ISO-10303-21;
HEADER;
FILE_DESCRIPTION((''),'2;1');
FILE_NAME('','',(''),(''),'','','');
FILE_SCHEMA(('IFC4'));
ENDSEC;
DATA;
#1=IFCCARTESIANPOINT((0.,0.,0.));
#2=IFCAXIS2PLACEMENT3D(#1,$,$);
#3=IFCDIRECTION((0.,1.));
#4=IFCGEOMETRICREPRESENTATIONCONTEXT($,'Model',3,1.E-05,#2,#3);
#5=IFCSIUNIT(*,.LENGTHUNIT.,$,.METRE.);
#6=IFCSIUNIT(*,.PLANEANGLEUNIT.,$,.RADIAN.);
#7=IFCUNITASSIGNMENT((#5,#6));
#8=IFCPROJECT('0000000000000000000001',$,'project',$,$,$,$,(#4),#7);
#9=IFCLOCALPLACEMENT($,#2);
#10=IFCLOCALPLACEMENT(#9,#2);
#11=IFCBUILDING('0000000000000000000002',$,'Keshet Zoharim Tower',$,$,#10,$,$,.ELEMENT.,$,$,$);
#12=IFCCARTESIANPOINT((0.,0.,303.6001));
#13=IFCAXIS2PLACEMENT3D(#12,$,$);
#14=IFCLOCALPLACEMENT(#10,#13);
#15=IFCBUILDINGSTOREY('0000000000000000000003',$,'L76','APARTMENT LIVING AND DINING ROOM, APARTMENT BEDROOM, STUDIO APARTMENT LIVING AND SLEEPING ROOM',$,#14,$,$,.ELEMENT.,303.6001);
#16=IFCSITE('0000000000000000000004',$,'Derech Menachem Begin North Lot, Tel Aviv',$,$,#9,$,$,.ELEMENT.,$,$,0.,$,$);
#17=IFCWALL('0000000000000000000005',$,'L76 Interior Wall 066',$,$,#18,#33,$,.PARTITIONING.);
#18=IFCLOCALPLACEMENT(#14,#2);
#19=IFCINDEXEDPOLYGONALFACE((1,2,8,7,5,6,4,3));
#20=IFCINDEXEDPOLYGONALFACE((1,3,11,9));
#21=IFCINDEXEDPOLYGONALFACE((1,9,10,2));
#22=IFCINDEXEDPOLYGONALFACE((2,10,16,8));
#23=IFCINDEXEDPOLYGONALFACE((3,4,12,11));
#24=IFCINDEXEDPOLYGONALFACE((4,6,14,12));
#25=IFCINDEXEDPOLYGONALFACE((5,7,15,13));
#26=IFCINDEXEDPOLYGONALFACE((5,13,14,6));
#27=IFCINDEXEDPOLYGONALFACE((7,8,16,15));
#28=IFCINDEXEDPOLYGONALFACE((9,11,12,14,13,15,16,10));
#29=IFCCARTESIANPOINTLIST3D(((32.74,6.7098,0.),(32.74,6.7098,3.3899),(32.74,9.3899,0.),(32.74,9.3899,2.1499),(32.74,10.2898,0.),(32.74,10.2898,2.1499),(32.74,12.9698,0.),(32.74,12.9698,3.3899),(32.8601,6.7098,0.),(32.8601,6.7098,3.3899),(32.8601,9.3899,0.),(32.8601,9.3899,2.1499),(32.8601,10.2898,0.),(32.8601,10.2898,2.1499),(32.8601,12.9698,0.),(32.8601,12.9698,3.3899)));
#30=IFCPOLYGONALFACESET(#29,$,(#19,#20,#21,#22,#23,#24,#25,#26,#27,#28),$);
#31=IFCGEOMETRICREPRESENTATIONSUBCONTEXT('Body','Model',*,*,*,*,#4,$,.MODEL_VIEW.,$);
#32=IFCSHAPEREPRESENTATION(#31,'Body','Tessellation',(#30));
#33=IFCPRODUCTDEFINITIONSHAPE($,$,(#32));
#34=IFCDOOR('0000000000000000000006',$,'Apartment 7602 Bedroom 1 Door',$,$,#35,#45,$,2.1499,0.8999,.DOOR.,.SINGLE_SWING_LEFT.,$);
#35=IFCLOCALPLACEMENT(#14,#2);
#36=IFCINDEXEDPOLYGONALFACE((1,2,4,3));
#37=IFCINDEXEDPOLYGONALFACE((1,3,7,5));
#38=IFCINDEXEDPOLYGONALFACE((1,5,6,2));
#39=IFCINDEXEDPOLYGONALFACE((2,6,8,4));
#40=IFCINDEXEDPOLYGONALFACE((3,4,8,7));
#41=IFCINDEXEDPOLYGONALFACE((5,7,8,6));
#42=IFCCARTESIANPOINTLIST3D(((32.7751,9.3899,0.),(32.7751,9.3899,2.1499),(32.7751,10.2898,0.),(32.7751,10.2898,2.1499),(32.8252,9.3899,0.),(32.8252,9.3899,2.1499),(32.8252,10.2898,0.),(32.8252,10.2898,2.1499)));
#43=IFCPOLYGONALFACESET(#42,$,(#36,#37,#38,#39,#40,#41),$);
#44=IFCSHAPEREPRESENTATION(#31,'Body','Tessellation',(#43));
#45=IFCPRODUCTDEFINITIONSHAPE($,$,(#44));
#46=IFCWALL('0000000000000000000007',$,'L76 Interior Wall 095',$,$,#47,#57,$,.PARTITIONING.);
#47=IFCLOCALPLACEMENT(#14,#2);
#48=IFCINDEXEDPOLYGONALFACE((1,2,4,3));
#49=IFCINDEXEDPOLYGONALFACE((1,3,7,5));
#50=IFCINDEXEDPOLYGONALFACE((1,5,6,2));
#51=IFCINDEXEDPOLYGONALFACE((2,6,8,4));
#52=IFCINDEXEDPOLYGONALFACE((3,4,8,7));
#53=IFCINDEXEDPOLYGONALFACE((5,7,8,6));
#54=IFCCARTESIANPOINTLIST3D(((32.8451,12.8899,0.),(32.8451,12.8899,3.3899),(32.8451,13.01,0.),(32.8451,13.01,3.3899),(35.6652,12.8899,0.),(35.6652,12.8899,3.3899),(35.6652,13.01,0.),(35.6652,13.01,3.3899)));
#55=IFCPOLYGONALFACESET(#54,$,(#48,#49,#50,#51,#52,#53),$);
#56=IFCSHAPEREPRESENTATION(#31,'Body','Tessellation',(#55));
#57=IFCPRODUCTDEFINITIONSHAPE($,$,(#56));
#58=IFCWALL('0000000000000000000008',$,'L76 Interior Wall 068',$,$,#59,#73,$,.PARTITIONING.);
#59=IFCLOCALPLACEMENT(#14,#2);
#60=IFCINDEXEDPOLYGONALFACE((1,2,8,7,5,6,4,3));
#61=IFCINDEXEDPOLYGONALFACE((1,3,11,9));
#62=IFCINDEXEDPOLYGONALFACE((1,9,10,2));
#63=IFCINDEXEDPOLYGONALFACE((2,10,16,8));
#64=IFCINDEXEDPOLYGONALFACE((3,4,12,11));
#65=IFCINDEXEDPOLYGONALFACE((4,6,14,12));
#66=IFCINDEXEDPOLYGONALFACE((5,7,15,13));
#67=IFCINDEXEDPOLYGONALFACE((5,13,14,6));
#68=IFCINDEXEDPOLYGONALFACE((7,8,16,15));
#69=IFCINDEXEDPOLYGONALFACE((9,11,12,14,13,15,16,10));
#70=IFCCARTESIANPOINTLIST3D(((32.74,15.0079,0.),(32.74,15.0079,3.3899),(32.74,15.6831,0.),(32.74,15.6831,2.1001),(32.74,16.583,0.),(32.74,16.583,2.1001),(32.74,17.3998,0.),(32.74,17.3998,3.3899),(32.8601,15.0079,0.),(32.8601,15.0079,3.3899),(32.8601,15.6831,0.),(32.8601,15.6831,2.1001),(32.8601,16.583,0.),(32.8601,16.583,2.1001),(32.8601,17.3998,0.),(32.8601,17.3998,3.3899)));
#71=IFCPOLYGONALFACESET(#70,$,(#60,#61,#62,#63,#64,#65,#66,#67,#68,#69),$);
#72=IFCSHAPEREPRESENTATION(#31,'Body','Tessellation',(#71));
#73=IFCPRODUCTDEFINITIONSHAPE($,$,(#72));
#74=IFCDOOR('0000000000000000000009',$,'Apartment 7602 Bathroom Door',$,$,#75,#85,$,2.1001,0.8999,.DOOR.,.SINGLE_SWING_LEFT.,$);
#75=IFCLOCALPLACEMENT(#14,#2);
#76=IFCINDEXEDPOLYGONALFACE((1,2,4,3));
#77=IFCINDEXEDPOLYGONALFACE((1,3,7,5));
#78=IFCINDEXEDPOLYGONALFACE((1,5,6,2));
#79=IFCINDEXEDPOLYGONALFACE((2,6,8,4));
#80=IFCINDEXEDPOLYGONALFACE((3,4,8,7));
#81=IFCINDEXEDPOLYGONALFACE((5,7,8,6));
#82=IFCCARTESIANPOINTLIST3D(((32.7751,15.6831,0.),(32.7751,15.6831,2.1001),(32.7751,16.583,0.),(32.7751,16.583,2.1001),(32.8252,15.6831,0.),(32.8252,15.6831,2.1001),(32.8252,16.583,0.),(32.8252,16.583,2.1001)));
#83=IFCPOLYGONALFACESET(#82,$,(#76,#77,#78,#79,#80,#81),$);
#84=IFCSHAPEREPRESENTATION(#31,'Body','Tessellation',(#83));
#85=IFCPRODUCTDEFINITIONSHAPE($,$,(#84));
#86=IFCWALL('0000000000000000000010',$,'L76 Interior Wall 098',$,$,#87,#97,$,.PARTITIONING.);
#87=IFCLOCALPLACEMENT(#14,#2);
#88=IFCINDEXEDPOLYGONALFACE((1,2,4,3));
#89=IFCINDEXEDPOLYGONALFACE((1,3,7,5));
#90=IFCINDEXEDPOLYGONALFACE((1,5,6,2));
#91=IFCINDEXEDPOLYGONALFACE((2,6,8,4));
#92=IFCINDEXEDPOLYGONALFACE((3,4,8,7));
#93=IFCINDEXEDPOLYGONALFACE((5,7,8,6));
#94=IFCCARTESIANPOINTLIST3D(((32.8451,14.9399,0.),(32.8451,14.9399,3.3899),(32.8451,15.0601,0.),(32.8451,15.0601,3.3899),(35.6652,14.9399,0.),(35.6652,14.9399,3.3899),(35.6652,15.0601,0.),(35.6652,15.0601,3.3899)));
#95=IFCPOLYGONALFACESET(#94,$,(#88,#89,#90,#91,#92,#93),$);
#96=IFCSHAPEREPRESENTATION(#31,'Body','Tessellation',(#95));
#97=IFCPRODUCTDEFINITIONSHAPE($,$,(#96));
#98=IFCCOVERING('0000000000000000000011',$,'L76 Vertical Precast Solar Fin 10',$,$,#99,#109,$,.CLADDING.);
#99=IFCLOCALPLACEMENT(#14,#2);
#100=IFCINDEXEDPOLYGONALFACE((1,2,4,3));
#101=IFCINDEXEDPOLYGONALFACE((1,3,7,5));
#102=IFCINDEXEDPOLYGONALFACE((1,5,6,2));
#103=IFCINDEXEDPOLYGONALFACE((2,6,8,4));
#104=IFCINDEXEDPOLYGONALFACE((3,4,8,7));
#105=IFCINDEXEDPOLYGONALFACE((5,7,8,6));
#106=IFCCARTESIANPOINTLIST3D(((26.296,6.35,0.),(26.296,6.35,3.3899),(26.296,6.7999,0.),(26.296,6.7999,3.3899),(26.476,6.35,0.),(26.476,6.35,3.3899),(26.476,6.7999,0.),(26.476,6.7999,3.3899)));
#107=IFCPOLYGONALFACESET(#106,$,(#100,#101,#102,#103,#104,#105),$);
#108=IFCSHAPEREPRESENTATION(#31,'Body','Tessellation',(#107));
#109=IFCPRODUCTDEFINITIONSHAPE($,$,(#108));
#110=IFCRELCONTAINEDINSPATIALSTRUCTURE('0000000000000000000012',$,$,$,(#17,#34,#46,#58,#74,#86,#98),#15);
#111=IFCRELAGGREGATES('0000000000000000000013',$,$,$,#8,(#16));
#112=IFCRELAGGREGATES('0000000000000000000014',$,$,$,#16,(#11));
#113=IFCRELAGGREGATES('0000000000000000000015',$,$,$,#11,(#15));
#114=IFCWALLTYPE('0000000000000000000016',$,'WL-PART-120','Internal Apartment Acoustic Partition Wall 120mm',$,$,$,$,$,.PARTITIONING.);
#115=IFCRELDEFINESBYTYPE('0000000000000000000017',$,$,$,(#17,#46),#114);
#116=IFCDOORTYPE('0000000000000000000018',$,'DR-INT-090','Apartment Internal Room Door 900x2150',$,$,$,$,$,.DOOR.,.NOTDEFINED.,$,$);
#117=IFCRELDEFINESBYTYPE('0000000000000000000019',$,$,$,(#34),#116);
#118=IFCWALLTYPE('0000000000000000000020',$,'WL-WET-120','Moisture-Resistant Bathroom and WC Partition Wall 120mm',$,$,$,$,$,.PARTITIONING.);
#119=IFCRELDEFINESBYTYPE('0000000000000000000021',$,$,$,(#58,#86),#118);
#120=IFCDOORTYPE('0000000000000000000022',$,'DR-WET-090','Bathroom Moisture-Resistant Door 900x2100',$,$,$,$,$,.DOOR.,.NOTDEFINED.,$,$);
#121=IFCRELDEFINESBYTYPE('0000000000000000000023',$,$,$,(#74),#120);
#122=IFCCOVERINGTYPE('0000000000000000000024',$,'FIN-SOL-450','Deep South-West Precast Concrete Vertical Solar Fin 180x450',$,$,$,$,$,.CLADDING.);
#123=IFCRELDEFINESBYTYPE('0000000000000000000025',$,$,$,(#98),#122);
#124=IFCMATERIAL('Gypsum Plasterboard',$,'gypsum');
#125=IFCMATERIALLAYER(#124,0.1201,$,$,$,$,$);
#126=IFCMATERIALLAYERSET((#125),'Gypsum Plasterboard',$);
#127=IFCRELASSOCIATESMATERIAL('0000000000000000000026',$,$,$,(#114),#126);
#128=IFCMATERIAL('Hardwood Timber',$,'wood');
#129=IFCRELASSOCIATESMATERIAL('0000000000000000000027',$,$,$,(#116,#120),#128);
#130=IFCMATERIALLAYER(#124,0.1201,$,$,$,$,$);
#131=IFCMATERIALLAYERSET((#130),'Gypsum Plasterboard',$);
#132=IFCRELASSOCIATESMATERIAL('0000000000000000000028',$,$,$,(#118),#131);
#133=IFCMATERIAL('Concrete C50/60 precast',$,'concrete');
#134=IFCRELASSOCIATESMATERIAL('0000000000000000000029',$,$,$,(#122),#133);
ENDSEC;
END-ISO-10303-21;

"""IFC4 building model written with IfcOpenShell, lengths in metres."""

from ifc_helpers import new_model, si_unit, direction, frame, frame_2d, origin, origin_2d, place, context, subcontext, project, spatial, rectangle, extrude, material, layer, layer_set, type_object, element, fill, save


model = new_model("IFC4")

# Units and contexts
model_context = context("Model", 3, precision=1e-05, world=origin(), true_north=direction((0.0, 1.0)))
body_context = subcontext(model_context, "Body", "Model", "MODEL_VIEW")
ifc_project = project(units=[si_unit("LENGTHUNIT", "METRE"), si_unit("PLANEANGLEUNIT", "RADIAN")], contexts=[model_context])

# Site, building, storey
site_placement = place(None, origin())
site = spatial("IfcSite", under=ifc_project, at=site_placement, Name="Derech Menachem Begin North Lot, Tel Aviv", CompositionType="ELEMENT", RefElevation=0.0)
building_placement = place(site_placement, origin())
building = spatial("IfcBuilding", under=site, at=building_placement, Name="Keshet Zoharim Tower", CompositionType="ELEMENT")
storey_placement = place(building_placement, frame((0.0, 0.0, 303.6001)))
storey = spatial("IfcBuildingStorey", under=building, at=storey_placement, Name="L76", Description="APARTMENT LIVING AND DINING ROOM, APARTMENT BEDROOM, STUDIO APARTMENT LIVING AND SLEEPING ROOM", CompositionType="ELEMENT", Elevation=303.6001)

# Shared definitions
ifc_material_1 = material(Name="Gypsum Plasterboard", Category="gypsum")
ifc_layer_1 = layer(ifc_material_1, 0.1201)
ifc_layer_set_1 = layer_set([ifc_layer_1], Name="Gypsum Plasterboard")
wall_type_1 = type_object("IfcWallType", Name="WL-PART-120", Description="Internal Apartment Acoustic Partition Wall 120mm", PredefinedType="PARTITIONING", material=ifc_layer_set_1)

# Wall, opening, door
wall_1_placement = place(storey_placement, frame((32.8, 6.71, 0.0), z_axis=(0.0, 0.0, 1.0), x_axis=(0.0, 1.0, 0.0)))
wall_1 = element("IfcWall", 1, at=wall_1_placement, inside=storey, type_object=wall_type_1, Name="L76 Interior Wall 066", PredefinedType="PARTITIONING", context=body_context, shape_type="SweptSolid", body=[
    extrude(rectangle(XDim=6.26, YDim=0.1201, at=frame_2d((3.1299, 0.0))), origin(), (0.0, 0.0, 1.0), 3.3899),
])
opening_1_placement = place(wall_1_placement, frame((2.6799, 0.0, 0.0)))
opening_1 = element("IfcOpeningElement", 2, at=opening_1_placement, cuts=wall_1, PredefinedType="OPENING", context=body_context, shape_type="SweptSolid", body=[
    extrude(rectangle(XDim=0.8999, YDim=2.1499, at=frame_2d((0.45, 1.075))), frame((0.0, 0.0701, 0.0), z_axis=(0.0, -1.0, 0.0), x_axis=(1.0, 0.0, 0.0)), (0.0, 0.0, 1.0), 0.1401),
])
ifc_material_2 = material(Name="Hardwood Timber", Category="wood")
door_type_1 = type_object("IfcDoorType", Name="DR-INT-090", Description="Apartment Internal Room Door 900x2150", OperationType="NOTDEFINED", PredefinedType="DOOR", material=ifc_material_2)
door_1_placement = place(opening_1_placement, origin())
door_1 = element("IfcDoor", 3, at=door_1_placement, inside=storey, type_object=door_type_1, Name="Apartment 7602 Bedroom 1 Door", OperationType="SINGLE_SWING_LEFT", OverallHeight=2.1499, OverallWidth=0.8999, PredefinedType="DOOR", context=body_context, shape_type="SweptSolid", body=[
    extrude(rectangle(XDim=0.8999, YDim=2.1499, at=frame_2d((0.45, 1.075))), frame((0.0, 0.0249, 0.0), z_axis=(0.0, -1.0, 0.0), x_axis=(1.0, 0.0, 0.0)), (0.0, 0.0, 1.0), 0.05),
])
fill(opening_1, door_1)

# Wall
wall_2_placement = place(storey_placement, frame((32.845, 12.95, 0.0), z_axis=(0.0, 0.0, 1.0), x_axis=(1.0, 0.0, 0.0)))
element("IfcWall", 4, at=wall_2_placement, inside=storey, type_object=wall_type_1, Name="L76 Interior Wall 095", PredefinedType="PARTITIONING", context=body_context, shape_type="SweptSolid", body=[
    extrude(rectangle(XDim=2.8201, YDim=0.1201, at=frame_2d((1.4102, 0.0))), origin(), (0.0, 0.0, 1.0), 3.3899),
])

# Wall, opening, door
ifc_layer_2 = layer(ifc_material_1, 0.1201)
ifc_layer_set_2 = layer_set([ifc_layer_2], Name="Gypsum Plasterboard")
wall_type_2 = type_object("IfcWallType", Name="WL-WET-120", Description="Moisture-Resistant Bathroom and WC Partition Wall 120mm", PredefinedType="PARTITIONING", material=ifc_layer_set_2)
wall_3_placement = place(storey_placement, frame((32.8, 15.0081, 0.0), z_axis=(0.0, 0.0, 1.0), x_axis=(0.0, 1.0, 0.0)))
wall_3 = element("IfcWall", 5, at=wall_3_placement, inside=storey, type_object=wall_type_2, Name="L76 Interior Wall 068", PredefinedType="PARTITIONING", context=body_context, shape_type="SweptSolid", body=[
    extrude(rectangle(XDim=2.3918, YDim=0.1201, at=frame_2d((1.1958, 0.0))), origin(), (0.0, 0.0, 1.0), 3.3899),
])
opening_2_placement = place(wall_3_placement, frame((0.675, 0.0, 0.0)))
opening_2 = element("IfcOpeningElement", 6, at=opening_2_placement, cuts=wall_3, PredefinedType="OPENING", context=body_context, shape_type="SweptSolid", body=[
    extrude(rectangle(XDim=0.8999, YDim=2.1001, at=frame_2d((0.45, 1.05))), frame((0.0, 0.0701, 0.0), z_axis=(0.0, -1.0, 0.0), x_axis=(1.0, 0.0, 0.0)), (0.0, 0.0, 1.0), 0.1401),
])
door_type_2 = type_object("IfcDoorType", Name="DR-WET-090", Description="Bathroom Moisture-Resistant Door 900x2100", OperationType="NOTDEFINED", PredefinedType="DOOR", material=ifc_material_2)
door_2_placement = place(opening_2_placement, origin())
door_2 = element("IfcDoor", 7, at=door_2_placement, inside=storey, type_object=door_type_2, Name="Apartment 7602 Bathroom Door", OperationType="SINGLE_SWING_LEFT", OverallHeight=2.1001, OverallWidth=0.8999, PredefinedType="DOOR", context=body_context, shape_type="SweptSolid", body=[
    extrude(rectangle(XDim=0.8999, YDim=2.1001, at=frame_2d((0.45, 1.05))), frame((0.0, 0.0249, 0.0), z_axis=(0.0, -1.0, 0.0), x_axis=(1.0, 0.0, 0.0)), (0.0, 0.0, 1.0), 0.05),
])
fill(opening_2, door_2)

# Wall
wall_4_placement = place(storey_placement, frame((32.845, 15.0, 0.0), z_axis=(0.0, 0.0, 1.0), x_axis=(1.0, 0.0, 0.0)))
element("IfcWall", 8, at=wall_4_placement, inside=storey, type_object=wall_type_2, Name="L76 Interior Wall 098", PredefinedType="PARTITIONING", context=body_context, shape_type="SweptSolid", body=[
    extrude(rectangle(XDim=2.8201, YDim=0.1201, at=frame_2d((1.4102, 0.0))), origin(), (0.0, 0.0, 1.0), 3.3899),
])

# Covering
ifc_material_3 = material(Name="Concrete C50/60 precast", Category="concrete")
covering_type = type_object("IfcCoveringType", Name="FIN-SOL-450", Description="Deep South-West Precast Concrete Vertical Solar Fin 180x450", PredefinedType="CLADDING", material=ifc_material_3)
covering_placement = place(storey_placement, frame((26.386, 6.575, 0.0), z_axis=(0.0, 0.0, 1.0), x_axis=(-1.0, 0.0, 0.0)))
element("IfcCovering", 9, at=covering_placement, inside=storey, type_object=covering_type, Name="L76 Vertical Precast Solar Fin 10", PredefinedType="CLADDING", context=body_context, shape_type="SweptSolid", body=[
    extrude(rectangle(XDim=0.1799, YDim=0.45, at=origin_2d()), origin(), (0.0, 0.0, 1.0), 3.3899),
])

save(model, "model.ifc")
